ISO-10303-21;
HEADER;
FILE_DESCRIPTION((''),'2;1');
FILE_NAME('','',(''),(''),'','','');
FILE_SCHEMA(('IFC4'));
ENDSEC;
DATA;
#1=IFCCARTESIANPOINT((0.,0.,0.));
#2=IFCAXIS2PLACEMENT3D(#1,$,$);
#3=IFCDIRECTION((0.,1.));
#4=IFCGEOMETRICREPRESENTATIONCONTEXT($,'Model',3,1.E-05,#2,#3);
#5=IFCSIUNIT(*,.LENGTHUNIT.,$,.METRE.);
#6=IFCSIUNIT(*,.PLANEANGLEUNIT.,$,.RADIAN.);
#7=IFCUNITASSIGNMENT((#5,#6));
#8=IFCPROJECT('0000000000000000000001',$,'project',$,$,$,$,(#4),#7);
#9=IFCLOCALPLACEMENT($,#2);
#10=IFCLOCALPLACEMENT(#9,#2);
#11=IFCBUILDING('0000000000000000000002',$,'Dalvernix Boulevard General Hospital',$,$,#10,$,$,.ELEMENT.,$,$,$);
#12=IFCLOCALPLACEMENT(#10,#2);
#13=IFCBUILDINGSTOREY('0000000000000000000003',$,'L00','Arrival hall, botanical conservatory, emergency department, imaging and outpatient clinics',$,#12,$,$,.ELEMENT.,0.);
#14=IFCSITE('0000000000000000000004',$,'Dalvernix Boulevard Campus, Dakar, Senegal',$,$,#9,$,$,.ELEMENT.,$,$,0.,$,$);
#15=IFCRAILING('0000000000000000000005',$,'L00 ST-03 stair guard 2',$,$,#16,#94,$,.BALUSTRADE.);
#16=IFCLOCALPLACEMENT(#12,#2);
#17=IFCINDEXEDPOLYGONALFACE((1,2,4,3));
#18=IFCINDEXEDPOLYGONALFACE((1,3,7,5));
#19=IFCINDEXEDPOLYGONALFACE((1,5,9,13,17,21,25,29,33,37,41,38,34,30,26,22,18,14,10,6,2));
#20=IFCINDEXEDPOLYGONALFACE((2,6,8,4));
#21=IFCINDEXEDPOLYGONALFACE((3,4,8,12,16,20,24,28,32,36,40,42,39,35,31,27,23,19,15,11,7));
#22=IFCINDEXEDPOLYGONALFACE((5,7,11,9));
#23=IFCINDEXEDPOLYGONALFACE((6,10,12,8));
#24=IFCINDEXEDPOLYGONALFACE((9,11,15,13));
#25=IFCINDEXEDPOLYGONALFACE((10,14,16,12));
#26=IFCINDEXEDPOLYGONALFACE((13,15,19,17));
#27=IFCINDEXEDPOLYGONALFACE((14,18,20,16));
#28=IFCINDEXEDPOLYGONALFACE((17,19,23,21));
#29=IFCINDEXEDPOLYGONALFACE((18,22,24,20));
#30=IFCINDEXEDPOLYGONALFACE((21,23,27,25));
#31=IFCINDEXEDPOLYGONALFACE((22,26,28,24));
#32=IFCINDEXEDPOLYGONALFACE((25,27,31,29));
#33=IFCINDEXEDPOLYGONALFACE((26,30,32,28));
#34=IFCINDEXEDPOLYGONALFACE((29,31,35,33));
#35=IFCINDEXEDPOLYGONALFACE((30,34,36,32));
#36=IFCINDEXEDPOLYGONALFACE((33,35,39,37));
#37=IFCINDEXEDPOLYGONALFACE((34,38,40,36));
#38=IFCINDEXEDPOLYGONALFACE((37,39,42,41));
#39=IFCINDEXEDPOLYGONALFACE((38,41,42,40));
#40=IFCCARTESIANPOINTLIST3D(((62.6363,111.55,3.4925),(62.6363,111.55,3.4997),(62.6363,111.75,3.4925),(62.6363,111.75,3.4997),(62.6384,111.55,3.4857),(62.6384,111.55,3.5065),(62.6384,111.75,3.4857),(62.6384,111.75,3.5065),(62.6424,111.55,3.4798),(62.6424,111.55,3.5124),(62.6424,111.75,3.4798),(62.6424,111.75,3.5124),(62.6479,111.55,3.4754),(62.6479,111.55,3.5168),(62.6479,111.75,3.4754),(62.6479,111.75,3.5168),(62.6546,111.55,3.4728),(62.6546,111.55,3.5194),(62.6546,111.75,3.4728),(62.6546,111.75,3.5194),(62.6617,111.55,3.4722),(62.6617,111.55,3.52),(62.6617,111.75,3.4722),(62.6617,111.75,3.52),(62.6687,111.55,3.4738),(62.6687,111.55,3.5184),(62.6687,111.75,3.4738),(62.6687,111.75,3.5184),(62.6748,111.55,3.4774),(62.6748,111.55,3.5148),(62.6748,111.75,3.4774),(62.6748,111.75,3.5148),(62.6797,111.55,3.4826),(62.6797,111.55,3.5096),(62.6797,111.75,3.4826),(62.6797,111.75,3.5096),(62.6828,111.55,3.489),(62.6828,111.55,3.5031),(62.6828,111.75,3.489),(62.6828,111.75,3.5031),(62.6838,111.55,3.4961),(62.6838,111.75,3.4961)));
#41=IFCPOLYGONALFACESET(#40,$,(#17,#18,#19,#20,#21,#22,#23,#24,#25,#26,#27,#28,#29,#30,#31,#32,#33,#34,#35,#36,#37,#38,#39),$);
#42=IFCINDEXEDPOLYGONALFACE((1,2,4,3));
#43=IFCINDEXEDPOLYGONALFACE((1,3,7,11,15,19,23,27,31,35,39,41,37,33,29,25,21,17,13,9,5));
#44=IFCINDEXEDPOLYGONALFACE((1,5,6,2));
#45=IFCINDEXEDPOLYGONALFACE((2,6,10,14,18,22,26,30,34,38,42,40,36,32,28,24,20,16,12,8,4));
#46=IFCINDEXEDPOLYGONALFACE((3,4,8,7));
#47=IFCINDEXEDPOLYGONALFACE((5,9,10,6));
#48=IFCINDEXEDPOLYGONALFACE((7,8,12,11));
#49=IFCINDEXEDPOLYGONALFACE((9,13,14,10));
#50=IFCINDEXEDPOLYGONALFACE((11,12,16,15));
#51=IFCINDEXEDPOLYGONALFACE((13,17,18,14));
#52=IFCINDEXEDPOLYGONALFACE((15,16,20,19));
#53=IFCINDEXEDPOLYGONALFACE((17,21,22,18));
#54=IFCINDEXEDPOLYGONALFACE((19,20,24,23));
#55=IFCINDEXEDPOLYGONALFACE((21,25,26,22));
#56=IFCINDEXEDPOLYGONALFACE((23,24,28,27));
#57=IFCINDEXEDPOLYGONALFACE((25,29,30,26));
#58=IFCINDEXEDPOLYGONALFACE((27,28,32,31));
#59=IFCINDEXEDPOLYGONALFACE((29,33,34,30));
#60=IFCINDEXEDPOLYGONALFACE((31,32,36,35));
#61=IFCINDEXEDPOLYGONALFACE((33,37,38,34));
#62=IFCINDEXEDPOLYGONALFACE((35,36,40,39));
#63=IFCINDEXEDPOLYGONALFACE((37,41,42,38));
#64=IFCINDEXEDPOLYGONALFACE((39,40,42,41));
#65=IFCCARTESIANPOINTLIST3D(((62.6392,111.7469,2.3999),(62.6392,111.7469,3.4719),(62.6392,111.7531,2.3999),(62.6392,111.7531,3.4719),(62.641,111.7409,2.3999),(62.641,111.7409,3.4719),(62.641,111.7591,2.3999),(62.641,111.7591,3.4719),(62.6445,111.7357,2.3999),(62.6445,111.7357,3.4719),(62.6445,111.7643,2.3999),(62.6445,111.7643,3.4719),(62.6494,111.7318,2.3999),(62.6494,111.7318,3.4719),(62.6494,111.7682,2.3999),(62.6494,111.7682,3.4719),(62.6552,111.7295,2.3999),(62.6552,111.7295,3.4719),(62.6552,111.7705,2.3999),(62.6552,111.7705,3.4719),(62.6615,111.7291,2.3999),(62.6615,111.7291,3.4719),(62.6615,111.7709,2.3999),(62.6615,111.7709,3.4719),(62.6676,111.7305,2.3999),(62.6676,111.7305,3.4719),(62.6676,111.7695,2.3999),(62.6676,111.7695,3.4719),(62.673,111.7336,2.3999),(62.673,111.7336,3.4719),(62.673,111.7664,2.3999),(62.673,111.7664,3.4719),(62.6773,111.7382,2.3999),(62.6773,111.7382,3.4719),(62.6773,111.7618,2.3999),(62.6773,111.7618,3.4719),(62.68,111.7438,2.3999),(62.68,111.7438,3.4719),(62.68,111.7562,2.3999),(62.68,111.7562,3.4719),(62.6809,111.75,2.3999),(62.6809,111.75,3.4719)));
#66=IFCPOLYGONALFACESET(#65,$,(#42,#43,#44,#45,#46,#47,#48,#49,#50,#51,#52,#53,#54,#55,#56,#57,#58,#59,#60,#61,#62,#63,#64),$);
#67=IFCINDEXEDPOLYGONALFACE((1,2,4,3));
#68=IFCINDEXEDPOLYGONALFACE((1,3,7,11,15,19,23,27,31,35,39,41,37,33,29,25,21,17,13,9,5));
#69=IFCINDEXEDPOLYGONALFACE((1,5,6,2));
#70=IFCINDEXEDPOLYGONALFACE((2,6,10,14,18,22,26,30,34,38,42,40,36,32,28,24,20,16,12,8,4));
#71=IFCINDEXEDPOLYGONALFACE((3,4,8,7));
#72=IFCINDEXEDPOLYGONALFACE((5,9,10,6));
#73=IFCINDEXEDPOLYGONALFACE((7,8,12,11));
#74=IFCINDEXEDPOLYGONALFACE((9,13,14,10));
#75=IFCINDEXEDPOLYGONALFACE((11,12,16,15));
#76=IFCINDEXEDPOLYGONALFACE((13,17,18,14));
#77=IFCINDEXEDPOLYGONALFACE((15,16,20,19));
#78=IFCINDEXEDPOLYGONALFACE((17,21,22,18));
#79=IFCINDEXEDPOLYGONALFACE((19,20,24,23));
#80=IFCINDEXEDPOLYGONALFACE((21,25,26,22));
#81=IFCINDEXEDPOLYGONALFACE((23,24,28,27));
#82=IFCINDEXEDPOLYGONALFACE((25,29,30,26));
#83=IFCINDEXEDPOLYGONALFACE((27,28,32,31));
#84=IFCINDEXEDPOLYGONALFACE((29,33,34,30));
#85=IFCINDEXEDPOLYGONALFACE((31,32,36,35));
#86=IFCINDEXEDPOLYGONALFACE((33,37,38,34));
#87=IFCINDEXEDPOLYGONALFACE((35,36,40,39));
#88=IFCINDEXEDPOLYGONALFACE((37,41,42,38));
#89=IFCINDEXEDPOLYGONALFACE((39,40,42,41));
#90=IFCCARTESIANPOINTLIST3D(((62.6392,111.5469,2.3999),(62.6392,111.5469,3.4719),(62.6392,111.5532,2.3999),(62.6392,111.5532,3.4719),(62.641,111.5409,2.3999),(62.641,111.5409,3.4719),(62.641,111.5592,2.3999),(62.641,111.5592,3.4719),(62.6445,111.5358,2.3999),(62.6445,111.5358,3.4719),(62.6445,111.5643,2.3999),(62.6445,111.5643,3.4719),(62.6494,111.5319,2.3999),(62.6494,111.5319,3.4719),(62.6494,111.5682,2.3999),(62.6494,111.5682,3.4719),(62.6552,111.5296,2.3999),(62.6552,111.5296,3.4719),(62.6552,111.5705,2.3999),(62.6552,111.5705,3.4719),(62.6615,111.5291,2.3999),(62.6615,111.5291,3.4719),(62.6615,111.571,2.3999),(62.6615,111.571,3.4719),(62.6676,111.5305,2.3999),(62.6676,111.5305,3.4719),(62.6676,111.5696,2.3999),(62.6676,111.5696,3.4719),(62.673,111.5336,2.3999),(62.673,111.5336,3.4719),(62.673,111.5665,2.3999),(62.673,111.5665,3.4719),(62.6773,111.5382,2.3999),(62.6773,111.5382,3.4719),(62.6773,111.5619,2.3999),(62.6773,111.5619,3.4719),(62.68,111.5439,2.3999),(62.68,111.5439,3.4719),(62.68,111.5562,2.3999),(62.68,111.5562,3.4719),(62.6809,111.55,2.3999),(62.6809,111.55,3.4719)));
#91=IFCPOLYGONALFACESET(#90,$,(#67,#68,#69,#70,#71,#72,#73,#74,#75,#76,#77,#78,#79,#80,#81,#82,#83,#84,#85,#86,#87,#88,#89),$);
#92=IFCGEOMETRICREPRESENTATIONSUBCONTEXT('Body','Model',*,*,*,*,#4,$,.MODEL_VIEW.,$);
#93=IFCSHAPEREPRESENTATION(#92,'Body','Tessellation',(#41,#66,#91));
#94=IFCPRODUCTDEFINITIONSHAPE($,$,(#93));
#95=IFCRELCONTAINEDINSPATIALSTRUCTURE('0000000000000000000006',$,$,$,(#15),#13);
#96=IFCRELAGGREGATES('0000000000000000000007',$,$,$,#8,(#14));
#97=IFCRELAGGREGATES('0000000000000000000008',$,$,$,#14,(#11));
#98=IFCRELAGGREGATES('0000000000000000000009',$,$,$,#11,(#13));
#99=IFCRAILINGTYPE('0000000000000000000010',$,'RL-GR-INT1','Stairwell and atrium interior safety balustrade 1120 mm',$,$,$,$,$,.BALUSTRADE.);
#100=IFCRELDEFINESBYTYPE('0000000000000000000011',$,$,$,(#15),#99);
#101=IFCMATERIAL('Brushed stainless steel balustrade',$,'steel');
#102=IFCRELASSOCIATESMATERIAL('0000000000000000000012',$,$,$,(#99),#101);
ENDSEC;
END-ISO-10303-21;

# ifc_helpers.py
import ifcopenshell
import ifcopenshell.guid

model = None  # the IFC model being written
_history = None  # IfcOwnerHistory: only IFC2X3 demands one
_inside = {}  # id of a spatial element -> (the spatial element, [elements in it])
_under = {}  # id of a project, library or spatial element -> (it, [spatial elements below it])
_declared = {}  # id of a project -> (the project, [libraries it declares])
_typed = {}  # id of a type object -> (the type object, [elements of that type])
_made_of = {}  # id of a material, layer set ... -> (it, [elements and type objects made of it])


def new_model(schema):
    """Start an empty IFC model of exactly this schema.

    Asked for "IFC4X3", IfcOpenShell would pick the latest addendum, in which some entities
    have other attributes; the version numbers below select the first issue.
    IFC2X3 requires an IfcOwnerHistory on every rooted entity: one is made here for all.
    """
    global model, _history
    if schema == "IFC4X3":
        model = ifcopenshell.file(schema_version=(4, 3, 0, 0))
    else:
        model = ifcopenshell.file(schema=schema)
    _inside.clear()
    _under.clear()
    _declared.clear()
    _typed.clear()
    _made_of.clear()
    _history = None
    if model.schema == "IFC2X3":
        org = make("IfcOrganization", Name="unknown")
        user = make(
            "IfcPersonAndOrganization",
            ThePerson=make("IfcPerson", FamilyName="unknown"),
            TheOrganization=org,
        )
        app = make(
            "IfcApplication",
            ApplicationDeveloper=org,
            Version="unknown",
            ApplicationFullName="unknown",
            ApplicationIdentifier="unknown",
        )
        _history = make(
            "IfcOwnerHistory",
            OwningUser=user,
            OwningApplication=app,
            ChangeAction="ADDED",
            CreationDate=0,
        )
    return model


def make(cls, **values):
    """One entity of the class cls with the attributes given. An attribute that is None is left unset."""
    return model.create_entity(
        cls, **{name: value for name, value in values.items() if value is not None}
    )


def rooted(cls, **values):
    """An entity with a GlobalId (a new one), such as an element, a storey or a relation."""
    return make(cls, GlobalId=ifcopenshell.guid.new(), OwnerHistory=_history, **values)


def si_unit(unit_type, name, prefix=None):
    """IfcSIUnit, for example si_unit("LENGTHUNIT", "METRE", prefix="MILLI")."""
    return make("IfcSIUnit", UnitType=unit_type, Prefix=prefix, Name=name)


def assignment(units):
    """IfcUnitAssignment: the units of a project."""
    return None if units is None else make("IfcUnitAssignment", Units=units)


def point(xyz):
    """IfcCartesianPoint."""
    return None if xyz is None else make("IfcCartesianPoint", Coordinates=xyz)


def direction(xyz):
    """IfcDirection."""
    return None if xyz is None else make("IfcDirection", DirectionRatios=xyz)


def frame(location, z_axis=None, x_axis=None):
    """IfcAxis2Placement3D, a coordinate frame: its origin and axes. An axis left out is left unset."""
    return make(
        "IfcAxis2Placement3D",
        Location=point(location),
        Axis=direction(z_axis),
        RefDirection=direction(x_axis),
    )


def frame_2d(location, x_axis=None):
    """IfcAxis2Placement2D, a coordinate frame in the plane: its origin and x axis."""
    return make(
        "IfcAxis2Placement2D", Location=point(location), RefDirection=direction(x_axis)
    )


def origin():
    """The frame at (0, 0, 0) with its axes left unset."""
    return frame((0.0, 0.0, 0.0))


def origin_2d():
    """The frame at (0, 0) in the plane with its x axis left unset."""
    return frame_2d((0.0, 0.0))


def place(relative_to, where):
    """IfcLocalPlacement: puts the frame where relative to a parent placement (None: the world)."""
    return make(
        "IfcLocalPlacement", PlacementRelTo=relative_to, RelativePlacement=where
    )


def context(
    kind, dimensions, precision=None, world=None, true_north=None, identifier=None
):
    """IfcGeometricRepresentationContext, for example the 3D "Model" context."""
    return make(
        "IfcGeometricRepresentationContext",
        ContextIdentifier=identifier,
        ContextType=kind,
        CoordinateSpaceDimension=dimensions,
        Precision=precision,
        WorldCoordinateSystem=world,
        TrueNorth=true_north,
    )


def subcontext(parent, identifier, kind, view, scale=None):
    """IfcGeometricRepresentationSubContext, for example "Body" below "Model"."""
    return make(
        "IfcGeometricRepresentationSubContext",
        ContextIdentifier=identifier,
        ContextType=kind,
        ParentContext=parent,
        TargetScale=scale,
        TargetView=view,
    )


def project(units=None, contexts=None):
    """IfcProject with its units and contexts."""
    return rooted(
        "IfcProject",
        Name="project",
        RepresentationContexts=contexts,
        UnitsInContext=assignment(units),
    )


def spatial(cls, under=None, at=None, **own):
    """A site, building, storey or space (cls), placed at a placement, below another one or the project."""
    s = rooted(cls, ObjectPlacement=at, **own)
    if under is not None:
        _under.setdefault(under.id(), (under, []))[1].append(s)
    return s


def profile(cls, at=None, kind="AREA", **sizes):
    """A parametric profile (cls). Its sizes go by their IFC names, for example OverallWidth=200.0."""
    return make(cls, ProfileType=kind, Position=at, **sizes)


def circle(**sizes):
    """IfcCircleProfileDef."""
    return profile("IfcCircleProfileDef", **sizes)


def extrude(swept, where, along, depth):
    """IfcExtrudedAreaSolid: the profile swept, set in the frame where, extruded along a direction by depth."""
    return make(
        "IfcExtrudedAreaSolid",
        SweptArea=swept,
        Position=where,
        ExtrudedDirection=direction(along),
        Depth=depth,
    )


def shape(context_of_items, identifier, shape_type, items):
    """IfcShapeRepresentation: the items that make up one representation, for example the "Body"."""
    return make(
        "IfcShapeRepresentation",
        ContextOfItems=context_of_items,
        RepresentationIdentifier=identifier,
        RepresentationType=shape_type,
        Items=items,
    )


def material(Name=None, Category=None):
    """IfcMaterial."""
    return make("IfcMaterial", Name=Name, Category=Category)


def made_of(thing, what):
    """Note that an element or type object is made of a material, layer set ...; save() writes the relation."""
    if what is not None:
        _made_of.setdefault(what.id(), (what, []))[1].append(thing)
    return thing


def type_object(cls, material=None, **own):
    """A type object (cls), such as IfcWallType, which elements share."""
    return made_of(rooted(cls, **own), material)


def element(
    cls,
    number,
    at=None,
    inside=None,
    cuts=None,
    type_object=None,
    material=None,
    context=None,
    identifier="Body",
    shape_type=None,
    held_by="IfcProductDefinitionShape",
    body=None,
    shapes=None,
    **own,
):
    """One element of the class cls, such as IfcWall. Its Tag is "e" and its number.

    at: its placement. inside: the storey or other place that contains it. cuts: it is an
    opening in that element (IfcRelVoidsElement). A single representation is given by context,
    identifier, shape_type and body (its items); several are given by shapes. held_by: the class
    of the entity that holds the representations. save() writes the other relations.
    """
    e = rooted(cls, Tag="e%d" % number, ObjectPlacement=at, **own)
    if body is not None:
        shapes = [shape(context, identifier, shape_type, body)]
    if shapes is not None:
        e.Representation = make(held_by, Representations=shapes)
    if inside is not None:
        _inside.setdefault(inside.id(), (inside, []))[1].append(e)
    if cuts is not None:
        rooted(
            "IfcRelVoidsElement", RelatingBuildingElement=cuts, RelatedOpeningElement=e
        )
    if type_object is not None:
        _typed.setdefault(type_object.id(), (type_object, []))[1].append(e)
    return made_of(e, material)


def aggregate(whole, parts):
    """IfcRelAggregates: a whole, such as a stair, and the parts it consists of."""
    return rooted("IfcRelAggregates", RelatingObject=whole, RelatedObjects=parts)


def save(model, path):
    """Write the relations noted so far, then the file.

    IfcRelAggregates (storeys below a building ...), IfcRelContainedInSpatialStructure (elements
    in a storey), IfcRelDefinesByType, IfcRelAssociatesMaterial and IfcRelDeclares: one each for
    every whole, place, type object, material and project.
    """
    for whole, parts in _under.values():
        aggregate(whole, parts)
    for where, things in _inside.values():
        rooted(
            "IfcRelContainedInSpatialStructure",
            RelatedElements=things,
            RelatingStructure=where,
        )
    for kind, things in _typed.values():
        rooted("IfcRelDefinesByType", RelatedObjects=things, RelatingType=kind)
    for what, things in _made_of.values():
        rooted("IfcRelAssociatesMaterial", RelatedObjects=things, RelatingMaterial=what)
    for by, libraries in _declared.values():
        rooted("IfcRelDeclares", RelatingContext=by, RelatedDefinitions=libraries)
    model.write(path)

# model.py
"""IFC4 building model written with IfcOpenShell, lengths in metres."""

from ifc_helpers import new_model, si_unit, direction, frame, origin, origin_2d, place, context, subcontext, project, spatial, circle, extrude, material, type_object, element, save


model = new_model("IFC4")

# Units and contexts
model_context = context("Model", 3, precision=1e-05, world=origin(), true_north=direction((0.0, 1.0)))
body_context = subcontext(model_context, "Body", "Model", "MODEL_VIEW")
ifc_project = project(units=[si_unit("LENGTHUNIT", "METRE"), si_unit("PLANEANGLEUNIT", "RADIAN")], contexts=[model_context])

# Site, building, storey
site_placement = place(None, origin())
site = spatial("IfcSite", under=ifc_project, at=site_placement, Name="Dalvernix Boulevard Campus, Dakar, Senegal", CompositionType="ELEMENT", RefElevation=0.0)
building_placement = place(site_placement, origin())
building = spatial("IfcBuilding", under=site, at=building_placement, Name="Dalvernix Boulevard General Hospital", CompositionType="ELEMENT")
storey_placement = place(building_placement, origin())
storey = spatial("IfcBuildingStorey", under=building, at=storey_placement, Name="L00", Description="Arrival hall, botanical conservatory, emergency department, imaging and outpatient clinics", CompositionType="ELEMENT", Elevation=0.0)

# Railing
ifc_material_1 = material(Name="Brushed stainless steel balustrade", Category="steel")
railing_type_1 = type_object("IfcRailingType", Name="RL-GR-INT1", Description="Stairwell and atrium interior safety balustrade 1120 mm", PredefinedType="BALUSTRADE", material=ifc_material_1)
railing_1_placement = place(storey_placement, frame((62.6599, 111.75, 2.3999)))
element("IfcRailing", 1, at=railing_1_placement, inside=storey, type_object=railing_type_1, Name="L00 ST-03 stair guard 2", PredefinedType="BALUSTRADE", context=body_context, shape_type="SweptSolid", body=[
    extrude(circle(Radius=0.0239, at=origin_2d()), frame((0.0, 0.0, 1.0962), z_axis=(0.0, -1.0, 0.0), x_axis=(1.0, 0.0, 0.0)), (0.0, 0.0, 1.0), 0.2),
    extrude(circle(Radius=0.021, at=origin_2d()), origin(), (0.0, 0.0, 1.0), 1.072),
    extrude(circle(Radius=0.021, at=origin_2d()), frame((0.0, -0.2, 0.0)), (0.0, 0.0, 1.0), 1.072),
])

save(model, "model.ifc")
